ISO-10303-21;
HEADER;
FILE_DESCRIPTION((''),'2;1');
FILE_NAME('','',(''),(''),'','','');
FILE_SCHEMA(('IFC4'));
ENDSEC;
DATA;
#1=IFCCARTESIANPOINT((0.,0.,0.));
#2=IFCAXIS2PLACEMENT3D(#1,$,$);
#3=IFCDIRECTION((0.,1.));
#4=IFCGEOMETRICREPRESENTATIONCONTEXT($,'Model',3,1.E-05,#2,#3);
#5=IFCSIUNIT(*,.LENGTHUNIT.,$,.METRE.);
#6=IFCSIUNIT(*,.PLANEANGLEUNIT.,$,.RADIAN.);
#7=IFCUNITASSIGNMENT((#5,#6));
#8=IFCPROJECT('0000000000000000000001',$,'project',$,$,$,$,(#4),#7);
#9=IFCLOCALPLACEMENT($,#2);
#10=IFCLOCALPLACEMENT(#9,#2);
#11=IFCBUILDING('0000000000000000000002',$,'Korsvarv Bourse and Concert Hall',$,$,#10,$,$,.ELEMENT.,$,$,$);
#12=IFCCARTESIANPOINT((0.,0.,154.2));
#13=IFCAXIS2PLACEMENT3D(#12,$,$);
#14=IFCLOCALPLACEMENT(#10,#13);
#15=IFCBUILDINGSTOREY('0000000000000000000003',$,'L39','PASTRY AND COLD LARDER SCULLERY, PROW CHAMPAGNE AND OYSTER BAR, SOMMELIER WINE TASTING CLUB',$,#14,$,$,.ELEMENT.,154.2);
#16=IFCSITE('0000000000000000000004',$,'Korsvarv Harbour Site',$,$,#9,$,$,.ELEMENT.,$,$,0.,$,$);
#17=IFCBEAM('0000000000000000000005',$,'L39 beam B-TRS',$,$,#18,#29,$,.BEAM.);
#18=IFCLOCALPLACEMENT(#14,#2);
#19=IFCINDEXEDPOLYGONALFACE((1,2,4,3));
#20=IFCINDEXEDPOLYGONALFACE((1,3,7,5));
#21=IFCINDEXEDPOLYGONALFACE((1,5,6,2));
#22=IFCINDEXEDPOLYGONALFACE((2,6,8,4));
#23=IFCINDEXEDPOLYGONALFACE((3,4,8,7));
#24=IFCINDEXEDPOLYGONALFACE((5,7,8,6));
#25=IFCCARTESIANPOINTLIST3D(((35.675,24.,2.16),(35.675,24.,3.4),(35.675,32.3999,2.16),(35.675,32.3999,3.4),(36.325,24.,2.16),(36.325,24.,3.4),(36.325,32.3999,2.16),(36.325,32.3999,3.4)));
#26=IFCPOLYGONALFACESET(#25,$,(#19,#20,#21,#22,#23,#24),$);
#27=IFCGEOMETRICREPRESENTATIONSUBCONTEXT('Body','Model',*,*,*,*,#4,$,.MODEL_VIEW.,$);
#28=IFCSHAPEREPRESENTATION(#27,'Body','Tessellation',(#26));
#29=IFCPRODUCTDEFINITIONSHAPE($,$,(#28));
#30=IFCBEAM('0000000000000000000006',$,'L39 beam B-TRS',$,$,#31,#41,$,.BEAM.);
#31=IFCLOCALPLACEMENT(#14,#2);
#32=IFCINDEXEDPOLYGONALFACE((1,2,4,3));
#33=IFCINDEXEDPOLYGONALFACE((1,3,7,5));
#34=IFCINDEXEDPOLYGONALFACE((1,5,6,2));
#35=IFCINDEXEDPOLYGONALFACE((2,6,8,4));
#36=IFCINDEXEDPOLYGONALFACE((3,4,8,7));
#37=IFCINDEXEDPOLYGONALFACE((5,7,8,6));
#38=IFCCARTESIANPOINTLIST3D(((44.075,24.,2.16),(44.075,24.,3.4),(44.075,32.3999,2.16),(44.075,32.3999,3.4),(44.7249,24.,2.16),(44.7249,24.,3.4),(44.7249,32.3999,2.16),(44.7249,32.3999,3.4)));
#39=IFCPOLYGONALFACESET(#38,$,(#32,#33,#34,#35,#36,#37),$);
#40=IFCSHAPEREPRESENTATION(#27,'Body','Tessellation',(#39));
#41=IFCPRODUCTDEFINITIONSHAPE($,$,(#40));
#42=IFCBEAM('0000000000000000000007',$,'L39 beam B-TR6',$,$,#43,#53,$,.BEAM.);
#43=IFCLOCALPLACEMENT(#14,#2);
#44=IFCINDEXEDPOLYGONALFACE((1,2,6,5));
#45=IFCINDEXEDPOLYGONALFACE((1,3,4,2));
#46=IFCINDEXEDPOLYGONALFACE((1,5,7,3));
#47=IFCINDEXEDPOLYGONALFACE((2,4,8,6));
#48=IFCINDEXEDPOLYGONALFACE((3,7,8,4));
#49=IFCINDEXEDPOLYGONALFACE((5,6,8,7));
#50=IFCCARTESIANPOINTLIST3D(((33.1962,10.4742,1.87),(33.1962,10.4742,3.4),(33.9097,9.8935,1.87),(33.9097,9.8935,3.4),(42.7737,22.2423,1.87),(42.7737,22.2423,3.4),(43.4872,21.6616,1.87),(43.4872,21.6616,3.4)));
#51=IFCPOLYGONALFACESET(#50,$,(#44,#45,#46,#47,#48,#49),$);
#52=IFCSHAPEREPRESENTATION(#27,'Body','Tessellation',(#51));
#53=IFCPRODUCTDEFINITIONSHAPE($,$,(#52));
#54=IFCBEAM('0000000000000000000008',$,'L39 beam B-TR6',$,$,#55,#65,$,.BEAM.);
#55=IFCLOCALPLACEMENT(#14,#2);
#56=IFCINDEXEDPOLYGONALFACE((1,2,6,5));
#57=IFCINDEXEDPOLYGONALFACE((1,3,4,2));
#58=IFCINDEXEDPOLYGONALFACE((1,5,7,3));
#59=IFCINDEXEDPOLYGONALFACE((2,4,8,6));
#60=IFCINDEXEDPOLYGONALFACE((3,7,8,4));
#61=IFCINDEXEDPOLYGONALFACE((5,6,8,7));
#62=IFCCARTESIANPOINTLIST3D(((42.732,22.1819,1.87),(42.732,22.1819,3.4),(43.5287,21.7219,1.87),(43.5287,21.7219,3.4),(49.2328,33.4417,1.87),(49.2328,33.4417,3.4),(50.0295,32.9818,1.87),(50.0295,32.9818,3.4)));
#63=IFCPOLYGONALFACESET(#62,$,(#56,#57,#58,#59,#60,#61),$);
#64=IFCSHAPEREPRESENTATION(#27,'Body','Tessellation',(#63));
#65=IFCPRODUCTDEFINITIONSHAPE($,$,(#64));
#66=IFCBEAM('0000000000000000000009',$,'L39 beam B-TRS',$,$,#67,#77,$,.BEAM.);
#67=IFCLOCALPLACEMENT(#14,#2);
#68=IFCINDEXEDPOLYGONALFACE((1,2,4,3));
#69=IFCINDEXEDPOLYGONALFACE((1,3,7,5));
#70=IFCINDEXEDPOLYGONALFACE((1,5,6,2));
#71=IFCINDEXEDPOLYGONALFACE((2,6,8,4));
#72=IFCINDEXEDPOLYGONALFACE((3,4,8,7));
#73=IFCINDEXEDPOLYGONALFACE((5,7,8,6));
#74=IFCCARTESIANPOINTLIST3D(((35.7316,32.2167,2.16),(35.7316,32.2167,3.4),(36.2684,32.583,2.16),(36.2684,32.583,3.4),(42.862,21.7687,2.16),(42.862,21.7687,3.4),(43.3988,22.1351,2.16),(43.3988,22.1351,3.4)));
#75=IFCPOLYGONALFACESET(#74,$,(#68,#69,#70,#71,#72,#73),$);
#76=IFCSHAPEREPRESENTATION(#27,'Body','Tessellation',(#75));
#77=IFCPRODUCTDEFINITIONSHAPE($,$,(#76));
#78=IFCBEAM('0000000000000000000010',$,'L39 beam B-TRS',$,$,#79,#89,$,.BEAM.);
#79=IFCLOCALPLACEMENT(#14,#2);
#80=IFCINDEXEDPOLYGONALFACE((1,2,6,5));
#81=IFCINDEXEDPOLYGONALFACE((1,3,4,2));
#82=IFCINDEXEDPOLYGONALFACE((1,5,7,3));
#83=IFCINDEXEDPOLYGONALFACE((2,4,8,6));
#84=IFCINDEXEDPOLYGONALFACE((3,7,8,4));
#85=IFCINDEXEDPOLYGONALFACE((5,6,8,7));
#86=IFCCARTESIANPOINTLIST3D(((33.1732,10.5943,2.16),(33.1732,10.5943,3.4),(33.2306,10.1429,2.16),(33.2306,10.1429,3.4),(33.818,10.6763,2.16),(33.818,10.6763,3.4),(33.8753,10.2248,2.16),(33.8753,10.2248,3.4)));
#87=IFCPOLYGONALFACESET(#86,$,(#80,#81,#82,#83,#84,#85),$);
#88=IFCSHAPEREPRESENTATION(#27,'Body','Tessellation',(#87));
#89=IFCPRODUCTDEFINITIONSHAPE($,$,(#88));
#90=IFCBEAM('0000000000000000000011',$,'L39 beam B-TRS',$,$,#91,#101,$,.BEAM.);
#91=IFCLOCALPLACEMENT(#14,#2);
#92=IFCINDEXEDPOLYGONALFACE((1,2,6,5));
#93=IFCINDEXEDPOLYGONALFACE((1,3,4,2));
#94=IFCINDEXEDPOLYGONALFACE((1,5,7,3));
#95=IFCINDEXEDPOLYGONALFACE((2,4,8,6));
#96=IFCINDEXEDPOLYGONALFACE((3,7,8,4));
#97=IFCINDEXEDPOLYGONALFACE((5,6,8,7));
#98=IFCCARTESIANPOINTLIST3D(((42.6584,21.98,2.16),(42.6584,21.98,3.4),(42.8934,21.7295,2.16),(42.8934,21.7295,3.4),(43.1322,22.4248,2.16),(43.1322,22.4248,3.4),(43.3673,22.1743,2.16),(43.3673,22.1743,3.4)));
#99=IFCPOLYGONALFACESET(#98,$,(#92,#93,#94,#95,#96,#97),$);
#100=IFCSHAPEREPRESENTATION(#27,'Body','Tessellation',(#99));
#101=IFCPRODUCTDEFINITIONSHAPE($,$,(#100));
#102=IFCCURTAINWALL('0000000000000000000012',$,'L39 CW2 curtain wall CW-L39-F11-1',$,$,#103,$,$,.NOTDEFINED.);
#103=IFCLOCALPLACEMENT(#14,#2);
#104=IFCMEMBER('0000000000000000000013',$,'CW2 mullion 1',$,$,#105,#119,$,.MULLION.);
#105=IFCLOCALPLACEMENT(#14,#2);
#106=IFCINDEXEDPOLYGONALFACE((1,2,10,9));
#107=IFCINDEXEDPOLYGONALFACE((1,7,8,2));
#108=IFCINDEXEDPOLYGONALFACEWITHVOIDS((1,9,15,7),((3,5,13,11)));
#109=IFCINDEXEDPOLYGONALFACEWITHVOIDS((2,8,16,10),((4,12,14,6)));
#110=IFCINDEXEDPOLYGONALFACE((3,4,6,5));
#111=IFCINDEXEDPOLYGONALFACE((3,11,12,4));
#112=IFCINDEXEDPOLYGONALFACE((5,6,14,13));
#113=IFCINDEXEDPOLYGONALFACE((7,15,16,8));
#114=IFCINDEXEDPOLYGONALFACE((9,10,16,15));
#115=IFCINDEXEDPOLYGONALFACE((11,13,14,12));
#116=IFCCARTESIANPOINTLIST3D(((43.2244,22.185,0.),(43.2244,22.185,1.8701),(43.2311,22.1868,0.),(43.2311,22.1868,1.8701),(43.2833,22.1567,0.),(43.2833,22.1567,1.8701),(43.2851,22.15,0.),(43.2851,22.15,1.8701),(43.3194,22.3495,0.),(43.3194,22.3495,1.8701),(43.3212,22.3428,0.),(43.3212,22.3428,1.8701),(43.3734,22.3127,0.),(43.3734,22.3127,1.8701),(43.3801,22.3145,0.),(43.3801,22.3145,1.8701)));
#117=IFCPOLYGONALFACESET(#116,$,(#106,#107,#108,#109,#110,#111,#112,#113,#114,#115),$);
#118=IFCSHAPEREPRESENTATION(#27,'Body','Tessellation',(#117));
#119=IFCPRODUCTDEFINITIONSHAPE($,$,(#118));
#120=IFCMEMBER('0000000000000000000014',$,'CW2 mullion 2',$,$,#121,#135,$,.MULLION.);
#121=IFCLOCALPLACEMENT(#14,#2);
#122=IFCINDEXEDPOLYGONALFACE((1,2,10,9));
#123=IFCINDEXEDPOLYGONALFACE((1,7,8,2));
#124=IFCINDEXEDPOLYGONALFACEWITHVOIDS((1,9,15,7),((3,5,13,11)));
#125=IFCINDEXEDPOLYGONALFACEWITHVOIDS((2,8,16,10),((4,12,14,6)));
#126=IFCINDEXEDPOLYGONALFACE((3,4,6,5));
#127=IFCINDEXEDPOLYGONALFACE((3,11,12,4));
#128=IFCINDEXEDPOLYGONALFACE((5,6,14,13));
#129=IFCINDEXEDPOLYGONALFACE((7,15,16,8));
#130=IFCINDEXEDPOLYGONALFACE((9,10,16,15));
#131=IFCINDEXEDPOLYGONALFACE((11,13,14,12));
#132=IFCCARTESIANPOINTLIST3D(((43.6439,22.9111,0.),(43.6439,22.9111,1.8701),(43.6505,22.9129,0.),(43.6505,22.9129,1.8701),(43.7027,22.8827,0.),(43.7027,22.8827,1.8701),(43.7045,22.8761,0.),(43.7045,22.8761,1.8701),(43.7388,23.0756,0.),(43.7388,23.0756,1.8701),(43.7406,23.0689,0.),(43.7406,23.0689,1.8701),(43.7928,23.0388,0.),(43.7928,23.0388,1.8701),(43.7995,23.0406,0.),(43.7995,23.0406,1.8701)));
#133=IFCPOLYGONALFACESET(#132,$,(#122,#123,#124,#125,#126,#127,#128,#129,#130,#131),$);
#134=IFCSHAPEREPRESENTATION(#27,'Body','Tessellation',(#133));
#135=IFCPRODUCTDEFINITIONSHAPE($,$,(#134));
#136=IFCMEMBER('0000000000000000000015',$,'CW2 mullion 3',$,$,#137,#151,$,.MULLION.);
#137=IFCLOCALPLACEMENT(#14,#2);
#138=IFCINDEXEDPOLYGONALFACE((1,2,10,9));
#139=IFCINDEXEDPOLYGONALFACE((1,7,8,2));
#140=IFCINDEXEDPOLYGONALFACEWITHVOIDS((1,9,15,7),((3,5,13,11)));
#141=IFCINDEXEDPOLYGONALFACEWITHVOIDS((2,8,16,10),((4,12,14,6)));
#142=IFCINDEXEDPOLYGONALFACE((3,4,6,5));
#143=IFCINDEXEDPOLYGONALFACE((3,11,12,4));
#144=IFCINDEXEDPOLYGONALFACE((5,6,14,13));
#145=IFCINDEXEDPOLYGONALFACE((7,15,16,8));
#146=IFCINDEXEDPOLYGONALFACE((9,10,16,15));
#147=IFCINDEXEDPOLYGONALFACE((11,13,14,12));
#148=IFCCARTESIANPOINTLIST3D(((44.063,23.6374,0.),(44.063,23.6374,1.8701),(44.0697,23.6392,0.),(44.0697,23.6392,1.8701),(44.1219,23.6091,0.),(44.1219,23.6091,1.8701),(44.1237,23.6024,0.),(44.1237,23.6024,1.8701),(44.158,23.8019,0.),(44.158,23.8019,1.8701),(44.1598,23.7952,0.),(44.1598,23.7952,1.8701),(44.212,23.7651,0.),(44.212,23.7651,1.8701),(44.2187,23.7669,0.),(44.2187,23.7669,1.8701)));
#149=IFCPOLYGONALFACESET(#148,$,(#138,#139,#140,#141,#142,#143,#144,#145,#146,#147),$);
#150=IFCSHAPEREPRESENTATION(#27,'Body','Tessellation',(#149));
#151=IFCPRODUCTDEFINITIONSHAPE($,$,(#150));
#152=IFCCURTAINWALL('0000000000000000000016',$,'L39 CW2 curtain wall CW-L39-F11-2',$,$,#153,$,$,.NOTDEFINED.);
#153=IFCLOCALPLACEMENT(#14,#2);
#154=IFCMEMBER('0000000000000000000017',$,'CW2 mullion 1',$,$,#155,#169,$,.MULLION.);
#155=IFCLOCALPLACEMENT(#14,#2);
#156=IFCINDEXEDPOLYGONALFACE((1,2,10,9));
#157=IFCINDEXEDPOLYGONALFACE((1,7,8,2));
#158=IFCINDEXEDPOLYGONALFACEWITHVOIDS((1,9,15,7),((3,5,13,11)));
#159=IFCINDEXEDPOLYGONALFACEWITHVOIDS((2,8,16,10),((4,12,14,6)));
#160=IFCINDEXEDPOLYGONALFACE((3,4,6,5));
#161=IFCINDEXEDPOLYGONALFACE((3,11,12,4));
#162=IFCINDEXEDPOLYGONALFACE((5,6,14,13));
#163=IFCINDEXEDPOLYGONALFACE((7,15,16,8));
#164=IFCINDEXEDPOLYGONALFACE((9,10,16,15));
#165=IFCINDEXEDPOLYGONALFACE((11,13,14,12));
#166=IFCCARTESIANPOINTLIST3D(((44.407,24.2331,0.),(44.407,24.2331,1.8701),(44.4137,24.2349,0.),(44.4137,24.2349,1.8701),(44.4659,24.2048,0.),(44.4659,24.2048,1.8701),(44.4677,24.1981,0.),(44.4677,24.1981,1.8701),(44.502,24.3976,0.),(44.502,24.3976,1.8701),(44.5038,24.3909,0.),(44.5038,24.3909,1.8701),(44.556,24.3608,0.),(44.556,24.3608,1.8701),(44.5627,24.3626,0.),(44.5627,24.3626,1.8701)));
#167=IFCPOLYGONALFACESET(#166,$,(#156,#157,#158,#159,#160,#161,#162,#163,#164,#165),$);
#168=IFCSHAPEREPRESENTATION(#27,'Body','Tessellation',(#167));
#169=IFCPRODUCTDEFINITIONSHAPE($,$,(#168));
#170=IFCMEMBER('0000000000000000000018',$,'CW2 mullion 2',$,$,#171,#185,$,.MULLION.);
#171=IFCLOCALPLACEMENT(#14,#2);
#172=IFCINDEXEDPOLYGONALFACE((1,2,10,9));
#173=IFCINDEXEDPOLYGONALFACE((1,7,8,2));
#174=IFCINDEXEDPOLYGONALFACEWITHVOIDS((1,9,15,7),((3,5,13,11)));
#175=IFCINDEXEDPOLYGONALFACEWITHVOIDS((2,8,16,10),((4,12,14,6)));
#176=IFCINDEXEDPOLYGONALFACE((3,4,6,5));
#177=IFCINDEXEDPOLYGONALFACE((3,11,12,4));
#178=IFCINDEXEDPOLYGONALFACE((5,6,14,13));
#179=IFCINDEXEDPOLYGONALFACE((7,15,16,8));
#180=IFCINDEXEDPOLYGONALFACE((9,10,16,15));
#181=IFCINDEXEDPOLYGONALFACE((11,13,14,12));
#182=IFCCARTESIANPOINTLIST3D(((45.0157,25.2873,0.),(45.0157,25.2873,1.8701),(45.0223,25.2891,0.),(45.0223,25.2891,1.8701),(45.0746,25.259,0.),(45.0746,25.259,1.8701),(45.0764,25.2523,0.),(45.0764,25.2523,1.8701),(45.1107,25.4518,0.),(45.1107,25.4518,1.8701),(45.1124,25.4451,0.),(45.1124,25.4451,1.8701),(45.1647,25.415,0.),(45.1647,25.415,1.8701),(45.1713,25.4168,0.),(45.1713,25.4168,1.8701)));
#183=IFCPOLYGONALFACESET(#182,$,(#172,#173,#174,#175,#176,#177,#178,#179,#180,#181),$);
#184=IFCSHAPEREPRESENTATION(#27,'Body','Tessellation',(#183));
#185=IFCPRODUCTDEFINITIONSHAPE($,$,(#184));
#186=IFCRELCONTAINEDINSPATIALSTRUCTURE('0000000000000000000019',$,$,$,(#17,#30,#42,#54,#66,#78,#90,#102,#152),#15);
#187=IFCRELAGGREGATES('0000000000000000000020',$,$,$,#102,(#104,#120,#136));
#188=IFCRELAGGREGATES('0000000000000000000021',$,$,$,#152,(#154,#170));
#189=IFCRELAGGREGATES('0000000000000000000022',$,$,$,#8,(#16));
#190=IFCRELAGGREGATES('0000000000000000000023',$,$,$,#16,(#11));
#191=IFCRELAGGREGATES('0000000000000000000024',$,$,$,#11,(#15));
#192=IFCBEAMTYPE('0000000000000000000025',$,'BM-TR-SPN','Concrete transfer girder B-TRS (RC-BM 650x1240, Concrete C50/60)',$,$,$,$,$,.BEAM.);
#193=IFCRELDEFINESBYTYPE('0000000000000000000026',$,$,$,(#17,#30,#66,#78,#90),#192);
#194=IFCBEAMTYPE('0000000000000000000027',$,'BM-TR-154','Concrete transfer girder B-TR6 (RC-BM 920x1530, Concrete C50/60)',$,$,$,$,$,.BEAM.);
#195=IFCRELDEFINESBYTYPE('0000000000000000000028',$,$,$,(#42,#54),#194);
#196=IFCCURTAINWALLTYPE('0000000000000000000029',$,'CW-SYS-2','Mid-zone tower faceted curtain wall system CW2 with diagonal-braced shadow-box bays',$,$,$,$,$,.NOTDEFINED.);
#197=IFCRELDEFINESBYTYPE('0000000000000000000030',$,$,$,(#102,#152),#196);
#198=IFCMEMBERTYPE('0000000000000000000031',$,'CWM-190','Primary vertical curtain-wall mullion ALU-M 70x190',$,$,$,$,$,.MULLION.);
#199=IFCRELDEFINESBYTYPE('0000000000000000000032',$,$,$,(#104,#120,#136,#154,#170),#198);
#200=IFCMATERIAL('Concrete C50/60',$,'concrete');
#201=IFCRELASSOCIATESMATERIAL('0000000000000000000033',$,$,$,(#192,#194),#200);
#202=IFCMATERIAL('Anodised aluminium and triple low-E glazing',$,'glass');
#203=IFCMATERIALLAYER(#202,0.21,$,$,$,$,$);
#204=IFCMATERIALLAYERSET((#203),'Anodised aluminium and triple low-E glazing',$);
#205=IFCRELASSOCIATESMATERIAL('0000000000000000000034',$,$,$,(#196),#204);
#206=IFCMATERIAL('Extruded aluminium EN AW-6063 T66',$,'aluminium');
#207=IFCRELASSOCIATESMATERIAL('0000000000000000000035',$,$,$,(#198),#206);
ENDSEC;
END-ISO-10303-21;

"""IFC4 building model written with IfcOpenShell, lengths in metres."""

from ifc_helpers import new_model, si_unit, direction, frame, origin, origin_2d, place, context, subcontext, project, spatial, rectangle, hollow_rectangle, extrude, source, transform, mapped, material, layer, layer_set, material_profile, profile_set, type_object, element, aggregate, save


model = new_model("IFC4")

# Units and contexts
model_context = context("Model", 3, precision=1e-05, world=origin(), true_north=direction((0.0, 1.0)))
body_context = subcontext(model_context, "Body", "Model", "MODEL_VIEW")
ifc_project = project(units=[si_unit("LENGTHUNIT", "METRE"), si_unit("PLANEANGLEUNIT", "RADIAN")], contexts=[model_context])

# Site, building, storey
site_placement = place(None, origin())
site = spatial("IfcSite", under=ifc_project, at=site_placement, Name="Korsvarv Harbour Site", CompositionType="ELEMENT", RefElevation=0.0)
building_placement = place(site_placement, origin())
building = spatial("IfcBuilding", under=site, at=building_placement, Name="Korsvarv Bourse and Concert Hall", CompositionType="ELEMENT")
storey_placement = place(building_placement, frame((0.0, 0.0, 154.2)))
storey = spatial("IfcBuildingStorey", under=building, at=storey_placement, Name="L39", Description="PASTRY AND COLD LARDER SCULLERY, PROW CHAMPAGNE AND OYSTER BAR, SOMMELIER WINE TASTING CLUB", CompositionType="ELEMENT", Elevation=154.2)

# Beams
ifc_material_1 = material(Name="Concrete C50/60", Category="concrete")
ifc_material_profile_1 = material_profile(ifc_material_1, rectangle(XDim=0.6499, YDim=1.24, at=origin_2d()), Name="RC-BM 650x1240")
ifc_profile_set_1 = profile_set([ifc_material_profile_1], Name="Concrete C50/60")
beam_type_1 = type_object("IfcBeamType", Name="BM-TR-SPN", Description="Concrete transfer girder B-TRS (RC-BM 650x1240, Concrete C50/60)", PredefinedType="BEAM", material=ifc_profile_set_1)
shared_shape_1 = source(origin(), body_context, "Body", "SweptSolid", [
    extrude(rectangle(XDim=0.6499, YDim=1.24, at=origin_2d()), origin(), (0.0, 0.0, 1.0), 8.3999),
])
for number, where, z_axis, x_axis, name in (
    (1, (36.0, 24.0, 2.78), (0.0, 1.0, 0.0), (-1.0, 0.0, 0.0), "L39 beam B-TRS"),
    (2, (44.3999, 24.0, 2.78), (0.0, 1.0, 0.0), (-1.0, 0.0, 0.0), "L39 beam B-TRS"),
):
    element("IfcBeam", number, at=place(storey_placement, frame(where, z_axis=z_axis, x_axis=x_axis)), inside=storey, type_object=beam_type_1, Name=name, PredefinedType="BEAM", context=body_context, shape_type="MappedRepresentation", body=[
        mapped(shared_shape_1, transform((0.0, 0.0, 0.0), scale=1.0)),
    ])
ifc_material_profile_2 = material_profile(ifc_material_1, rectangle(XDim=0.9199, YDim=1.53, at=origin_2d()), Name="RC-BM 920x1530")
ifc_profile_set_2 = profile_set([ifc_material_profile_2], Name="Concrete C50/60")
beam_type_2 = type_object("IfcBeamType", Name="BM-TR-154", Description="Concrete transfer girder B-TR6 (RC-BM 920x1530, Concrete C50/60)", PredefinedType="BEAM", material=ifc_profile_set_2)
shared_shape_2 = source(origin(), body_context, "Body", "SweptSolid", [
    extrude(rectangle(XDim=0.9199, YDim=1.53, at=origin_2d()), origin(), (0.0, 0.0, 1.0), 15.1729),
])
beam_1_placement = place(storey_placement, frame((33.553, 10.1838, 2.635), z_axis=(0.631221, 0.775603, 0.0), x_axis=(-0.775603, 0.631221, 0.0)))
element("IfcBeam", 3, at=beam_1_placement, inside=storey, type_object=beam_type_2, Name="L39 beam B-TR6", PredefinedType="BEAM", context=body_context, shape_type="MappedRepresentation", body=[
    mapped(shared_shape_2, transform((0.0, 0.0, 0.0), scale=1.0)),
])
shared_shape_3 = source(origin(), body_context, "Body", "SweptSolid", [
    extrude(rectangle(XDim=0.9199, YDim=1.53, at=origin_2d()), origin(), (0.0, 0.0, 1.0), 13.0017),
])
beam_2_placement = place(storey_placement, frame((43.1304, 21.9519, 2.635), z_axis=(0.499994, 0.866029, 0.0), x_axis=(-0.866029, 0.499994, 0.0)))
element("IfcBeam", 4, at=beam_2_placement, inside=storey, type_object=beam_type_2, Name="L39 beam B-TR6", PredefinedType="BEAM", context=body_context, shape_type="MappedRepresentation", body=[
    mapped(shared_shape_3, transform((0.0, 0.0, 0.0), scale=1.0)),
])
shared_shape_4 = source(origin(), body_context, "Body", "SweptSolid", [
    extrude(rectangle(XDim=0.6499, YDim=1.24, at=origin_2d()), origin(), (0.0, 0.0, 1.0), 12.6492),
])
beam_3_placement = place(storey_placement, frame((43.1304, 21.9519, 2.78), z_axis=(-0.5637, 0.825979, 0.0), x_axis=(-0.825979, -0.5637, 0.0)))
element("IfcBeam", 5, at=beam_3_placement, inside=storey, type_object=beam_type_1, Name="L39 beam B-TRS", PredefinedType="BEAM", context=body_context, shape_type="MappedRepresentation", body=[
    mapped(shared_shape_4, transform((0.0, 0.0, 0.0), scale=1.0)),
])
shared_shape_5 = source(origin(), body_context, "Body", "SweptSolid", [
    extrude(rectangle(XDim=0.6499, YDim=1.24, at=origin_2d()), origin(), (0.0, 0.0, 1.0), 0.4551),
])
beam_4_placement = place(storey_placement, frame((33.553, 10.1838, 2.78), z_axis=(-0.126081, 0.99202, 0.0), x_axis=(-0.99202, -0.126081, 0.0)))
element("IfcBeam", 6, at=beam_4_placement, inside=storey, type_object=beam_type_1, Name="L39 beam B-TRS", PredefinedType="BEAM", context=body_context, shape_type="MappedRepresentation", body=[
    mapped(shared_shape_5, transform((0.0, 0.0, 0.0), scale=1.0)),
])
shared_shape_6 = source(origin(), body_context, "Body", "SweptSolid", [
    extrude(rectangle(XDim=0.6499, YDim=1.24, at=origin_2d()), origin(), (0.0, 0.0, 1.0), 0.3435),
])
beam_5_placement = place(storey_placement, frame((43.1304, 21.9519, 2.78), z_axis=(-0.684367, 0.729138, 0.0), x_axis=(-0.729138, -0.684367, 0.0)))
element("IfcBeam", 7, at=beam_5_placement, inside=storey, type_object=beam_type_1, Name="L39 beam B-TRS", PredefinedType="BEAM", context=body_context, shape_type="MappedRepresentation", body=[
    mapped(shared_shape_6, transform((0.0, 0.0, 0.0), scale=1.0)),
])

# Curtain walls, members
ifc_material_2 = material(Name="Anodised aluminium and triple low-E glazing", Category="glass")
ifc_layer_1 = layer(ifc_material_2, 0.21)
ifc_layer_set_1 = layer_set([ifc_layer_1], Name="Anodised aluminium and triple low-E glazing")
curtain_wall_type = type_object("IfcCurtainWallType", Name="CW-SYS-2", Description="Mid-zone tower faceted curtain wall system CW2 with diagonal-braced shadow-box bays", PredefinedType="NOTDEFINED", material=ifc_layer_set_1)
curtain_wall_1_placement = place(storey_placement, origin())
curtain_wall_1 = element("IfcCurtainWall", 8, at=curtain_wall_1_placement, inside=storey, type_object=curtain_wall_type, Name="L39 CW2 curtain wall CW-L39-F11-1", PredefinedType="NOTDEFINED")
ifc_material_3 = material(Name="Extruded aluminium EN AW-6063 T66", Category="aluminium")
ifc_material_profile_3 = material_profile(ifc_material_3, hollow_rectangle(XDim=0.0701, YDim=0.1899, WallThickness=0.0049, at=origin_2d()), Name="ALU-M 70x190")
ifc_profile_set_3 = profile_set([ifc_material_profile_3], Name="Extruded aluminium EN AW-6063 T66")
member_type_1 = type_object("IfcMemberType", Name="CWM-190", Description="Primary vertical curtain-wall mullion ALU-M 70x190", PredefinedType="MULLION", material=ifc_profile_set_3)
shared_shape_7 = source(origin(), body_context, "Body", "SweptSolid", [
    extrude(hollow_rectangle(XDim=0.0701, YDim=0.1899, WallThickness=0.0049, at=origin_2d()), origin(), (0.0, 0.0, 1.0), 1.8701),
])
member_1_placement = place(storey_placement, frame((43.3022, 22.2498, 0.0), z_axis=(0.0, 0.0, 1.0), x_axis=(-0.866023, 0.500005, 0.0)))
member_1 = element("IfcMember", 9, at=member_1_placement, type_object=member_type_1, Name="CW2 mullion 1", PredefinedType="MULLION", context=body_context, shape_type="MappedRepresentation", body=[
    mapped(shared_shape_7, transform((0.0, 0.0, 0.0), scale=1.0)),
])
member_2_placement = place(storey_placement, frame((43.7217, 22.9758, 0.0), z_axis=(0.0, 0.0, 1.0), x_axis=(-0.866023, 0.500005, 0.0)))
member_2 = element("IfcMember", 10, at=member_2_placement, type_object=member_type_1, Name="CW2 mullion 2", PredefinedType="MULLION", context=body_context, shape_type="MappedRepresentation", body=[
    mapped(shared_shape_7, transform((0.0, 0.0, 0.0), scale=1.0)),
])
member_3_placement = place(storey_placement, frame((44.1409, 23.7021, 0.0), z_axis=(0.0, 0.0, 1.0), x_axis=(-0.866023, 0.500005, 0.0)))
member_3 = element("IfcMember", 11, at=member_3_placement, type_object=member_type_1, Name="CW2 mullion 3", PredefinedType="MULLION", context=body_context, shape_type="MappedRepresentation", body=[
    mapped(shared_shape_7, transform((0.0, 0.0, 0.0), scale=1.0)),
])
curtain_wall_2_placement = place(storey_placement, origin())
curtain_wall_2 = element("IfcCurtainWall", 12, at=curtain_wall_2_placement, inside=storey, type_object=curtain_wall_type, Name="L39 CW2 curtain wall CW-L39-F11-2", PredefinedType="NOTDEFINED")
member_4_placement = place(storey_placement, frame((44.4849, 24.2979, 0.0), z_axis=(0.0, 0.0, 1.0), x_axis=(-0.866023, 0.500005, 0.0)))
member_4 = element("IfcMember", 13, at=member_4_placement, type_object=member_type_1, Name="CW2 mullion 1", PredefinedType="MULLION", context=body_context, shape_type="MappedRepresentation", body=[
    mapped(shared_shape_7, transform((0.0, 0.0, 0.0), scale=1.0)),
])
member_5_placement = place(storey_placement, frame((45.0935, 25.3521, 0.0), z_axis=(0.0, 0.0, 1.0), x_axis=(-0.866023, 0.500005, 0.0)))
member_5 = element("IfcMember", 14, at=member_5_placement, type_object=member_type_1, Name="CW2 mullion 2", PredefinedType="MULLION", context=body_context, shape_type="MappedRepresentation", body=[
    mapped(shared_shape_7, transform((0.0, 0.0, 0.0), scale=1.0)),
])

aggregate(curtain_wall_1, [member_1, member_2, member_3])
aggregate(curtain_wall_2, [member_4, member_5])

save(model, "model.ifc")
